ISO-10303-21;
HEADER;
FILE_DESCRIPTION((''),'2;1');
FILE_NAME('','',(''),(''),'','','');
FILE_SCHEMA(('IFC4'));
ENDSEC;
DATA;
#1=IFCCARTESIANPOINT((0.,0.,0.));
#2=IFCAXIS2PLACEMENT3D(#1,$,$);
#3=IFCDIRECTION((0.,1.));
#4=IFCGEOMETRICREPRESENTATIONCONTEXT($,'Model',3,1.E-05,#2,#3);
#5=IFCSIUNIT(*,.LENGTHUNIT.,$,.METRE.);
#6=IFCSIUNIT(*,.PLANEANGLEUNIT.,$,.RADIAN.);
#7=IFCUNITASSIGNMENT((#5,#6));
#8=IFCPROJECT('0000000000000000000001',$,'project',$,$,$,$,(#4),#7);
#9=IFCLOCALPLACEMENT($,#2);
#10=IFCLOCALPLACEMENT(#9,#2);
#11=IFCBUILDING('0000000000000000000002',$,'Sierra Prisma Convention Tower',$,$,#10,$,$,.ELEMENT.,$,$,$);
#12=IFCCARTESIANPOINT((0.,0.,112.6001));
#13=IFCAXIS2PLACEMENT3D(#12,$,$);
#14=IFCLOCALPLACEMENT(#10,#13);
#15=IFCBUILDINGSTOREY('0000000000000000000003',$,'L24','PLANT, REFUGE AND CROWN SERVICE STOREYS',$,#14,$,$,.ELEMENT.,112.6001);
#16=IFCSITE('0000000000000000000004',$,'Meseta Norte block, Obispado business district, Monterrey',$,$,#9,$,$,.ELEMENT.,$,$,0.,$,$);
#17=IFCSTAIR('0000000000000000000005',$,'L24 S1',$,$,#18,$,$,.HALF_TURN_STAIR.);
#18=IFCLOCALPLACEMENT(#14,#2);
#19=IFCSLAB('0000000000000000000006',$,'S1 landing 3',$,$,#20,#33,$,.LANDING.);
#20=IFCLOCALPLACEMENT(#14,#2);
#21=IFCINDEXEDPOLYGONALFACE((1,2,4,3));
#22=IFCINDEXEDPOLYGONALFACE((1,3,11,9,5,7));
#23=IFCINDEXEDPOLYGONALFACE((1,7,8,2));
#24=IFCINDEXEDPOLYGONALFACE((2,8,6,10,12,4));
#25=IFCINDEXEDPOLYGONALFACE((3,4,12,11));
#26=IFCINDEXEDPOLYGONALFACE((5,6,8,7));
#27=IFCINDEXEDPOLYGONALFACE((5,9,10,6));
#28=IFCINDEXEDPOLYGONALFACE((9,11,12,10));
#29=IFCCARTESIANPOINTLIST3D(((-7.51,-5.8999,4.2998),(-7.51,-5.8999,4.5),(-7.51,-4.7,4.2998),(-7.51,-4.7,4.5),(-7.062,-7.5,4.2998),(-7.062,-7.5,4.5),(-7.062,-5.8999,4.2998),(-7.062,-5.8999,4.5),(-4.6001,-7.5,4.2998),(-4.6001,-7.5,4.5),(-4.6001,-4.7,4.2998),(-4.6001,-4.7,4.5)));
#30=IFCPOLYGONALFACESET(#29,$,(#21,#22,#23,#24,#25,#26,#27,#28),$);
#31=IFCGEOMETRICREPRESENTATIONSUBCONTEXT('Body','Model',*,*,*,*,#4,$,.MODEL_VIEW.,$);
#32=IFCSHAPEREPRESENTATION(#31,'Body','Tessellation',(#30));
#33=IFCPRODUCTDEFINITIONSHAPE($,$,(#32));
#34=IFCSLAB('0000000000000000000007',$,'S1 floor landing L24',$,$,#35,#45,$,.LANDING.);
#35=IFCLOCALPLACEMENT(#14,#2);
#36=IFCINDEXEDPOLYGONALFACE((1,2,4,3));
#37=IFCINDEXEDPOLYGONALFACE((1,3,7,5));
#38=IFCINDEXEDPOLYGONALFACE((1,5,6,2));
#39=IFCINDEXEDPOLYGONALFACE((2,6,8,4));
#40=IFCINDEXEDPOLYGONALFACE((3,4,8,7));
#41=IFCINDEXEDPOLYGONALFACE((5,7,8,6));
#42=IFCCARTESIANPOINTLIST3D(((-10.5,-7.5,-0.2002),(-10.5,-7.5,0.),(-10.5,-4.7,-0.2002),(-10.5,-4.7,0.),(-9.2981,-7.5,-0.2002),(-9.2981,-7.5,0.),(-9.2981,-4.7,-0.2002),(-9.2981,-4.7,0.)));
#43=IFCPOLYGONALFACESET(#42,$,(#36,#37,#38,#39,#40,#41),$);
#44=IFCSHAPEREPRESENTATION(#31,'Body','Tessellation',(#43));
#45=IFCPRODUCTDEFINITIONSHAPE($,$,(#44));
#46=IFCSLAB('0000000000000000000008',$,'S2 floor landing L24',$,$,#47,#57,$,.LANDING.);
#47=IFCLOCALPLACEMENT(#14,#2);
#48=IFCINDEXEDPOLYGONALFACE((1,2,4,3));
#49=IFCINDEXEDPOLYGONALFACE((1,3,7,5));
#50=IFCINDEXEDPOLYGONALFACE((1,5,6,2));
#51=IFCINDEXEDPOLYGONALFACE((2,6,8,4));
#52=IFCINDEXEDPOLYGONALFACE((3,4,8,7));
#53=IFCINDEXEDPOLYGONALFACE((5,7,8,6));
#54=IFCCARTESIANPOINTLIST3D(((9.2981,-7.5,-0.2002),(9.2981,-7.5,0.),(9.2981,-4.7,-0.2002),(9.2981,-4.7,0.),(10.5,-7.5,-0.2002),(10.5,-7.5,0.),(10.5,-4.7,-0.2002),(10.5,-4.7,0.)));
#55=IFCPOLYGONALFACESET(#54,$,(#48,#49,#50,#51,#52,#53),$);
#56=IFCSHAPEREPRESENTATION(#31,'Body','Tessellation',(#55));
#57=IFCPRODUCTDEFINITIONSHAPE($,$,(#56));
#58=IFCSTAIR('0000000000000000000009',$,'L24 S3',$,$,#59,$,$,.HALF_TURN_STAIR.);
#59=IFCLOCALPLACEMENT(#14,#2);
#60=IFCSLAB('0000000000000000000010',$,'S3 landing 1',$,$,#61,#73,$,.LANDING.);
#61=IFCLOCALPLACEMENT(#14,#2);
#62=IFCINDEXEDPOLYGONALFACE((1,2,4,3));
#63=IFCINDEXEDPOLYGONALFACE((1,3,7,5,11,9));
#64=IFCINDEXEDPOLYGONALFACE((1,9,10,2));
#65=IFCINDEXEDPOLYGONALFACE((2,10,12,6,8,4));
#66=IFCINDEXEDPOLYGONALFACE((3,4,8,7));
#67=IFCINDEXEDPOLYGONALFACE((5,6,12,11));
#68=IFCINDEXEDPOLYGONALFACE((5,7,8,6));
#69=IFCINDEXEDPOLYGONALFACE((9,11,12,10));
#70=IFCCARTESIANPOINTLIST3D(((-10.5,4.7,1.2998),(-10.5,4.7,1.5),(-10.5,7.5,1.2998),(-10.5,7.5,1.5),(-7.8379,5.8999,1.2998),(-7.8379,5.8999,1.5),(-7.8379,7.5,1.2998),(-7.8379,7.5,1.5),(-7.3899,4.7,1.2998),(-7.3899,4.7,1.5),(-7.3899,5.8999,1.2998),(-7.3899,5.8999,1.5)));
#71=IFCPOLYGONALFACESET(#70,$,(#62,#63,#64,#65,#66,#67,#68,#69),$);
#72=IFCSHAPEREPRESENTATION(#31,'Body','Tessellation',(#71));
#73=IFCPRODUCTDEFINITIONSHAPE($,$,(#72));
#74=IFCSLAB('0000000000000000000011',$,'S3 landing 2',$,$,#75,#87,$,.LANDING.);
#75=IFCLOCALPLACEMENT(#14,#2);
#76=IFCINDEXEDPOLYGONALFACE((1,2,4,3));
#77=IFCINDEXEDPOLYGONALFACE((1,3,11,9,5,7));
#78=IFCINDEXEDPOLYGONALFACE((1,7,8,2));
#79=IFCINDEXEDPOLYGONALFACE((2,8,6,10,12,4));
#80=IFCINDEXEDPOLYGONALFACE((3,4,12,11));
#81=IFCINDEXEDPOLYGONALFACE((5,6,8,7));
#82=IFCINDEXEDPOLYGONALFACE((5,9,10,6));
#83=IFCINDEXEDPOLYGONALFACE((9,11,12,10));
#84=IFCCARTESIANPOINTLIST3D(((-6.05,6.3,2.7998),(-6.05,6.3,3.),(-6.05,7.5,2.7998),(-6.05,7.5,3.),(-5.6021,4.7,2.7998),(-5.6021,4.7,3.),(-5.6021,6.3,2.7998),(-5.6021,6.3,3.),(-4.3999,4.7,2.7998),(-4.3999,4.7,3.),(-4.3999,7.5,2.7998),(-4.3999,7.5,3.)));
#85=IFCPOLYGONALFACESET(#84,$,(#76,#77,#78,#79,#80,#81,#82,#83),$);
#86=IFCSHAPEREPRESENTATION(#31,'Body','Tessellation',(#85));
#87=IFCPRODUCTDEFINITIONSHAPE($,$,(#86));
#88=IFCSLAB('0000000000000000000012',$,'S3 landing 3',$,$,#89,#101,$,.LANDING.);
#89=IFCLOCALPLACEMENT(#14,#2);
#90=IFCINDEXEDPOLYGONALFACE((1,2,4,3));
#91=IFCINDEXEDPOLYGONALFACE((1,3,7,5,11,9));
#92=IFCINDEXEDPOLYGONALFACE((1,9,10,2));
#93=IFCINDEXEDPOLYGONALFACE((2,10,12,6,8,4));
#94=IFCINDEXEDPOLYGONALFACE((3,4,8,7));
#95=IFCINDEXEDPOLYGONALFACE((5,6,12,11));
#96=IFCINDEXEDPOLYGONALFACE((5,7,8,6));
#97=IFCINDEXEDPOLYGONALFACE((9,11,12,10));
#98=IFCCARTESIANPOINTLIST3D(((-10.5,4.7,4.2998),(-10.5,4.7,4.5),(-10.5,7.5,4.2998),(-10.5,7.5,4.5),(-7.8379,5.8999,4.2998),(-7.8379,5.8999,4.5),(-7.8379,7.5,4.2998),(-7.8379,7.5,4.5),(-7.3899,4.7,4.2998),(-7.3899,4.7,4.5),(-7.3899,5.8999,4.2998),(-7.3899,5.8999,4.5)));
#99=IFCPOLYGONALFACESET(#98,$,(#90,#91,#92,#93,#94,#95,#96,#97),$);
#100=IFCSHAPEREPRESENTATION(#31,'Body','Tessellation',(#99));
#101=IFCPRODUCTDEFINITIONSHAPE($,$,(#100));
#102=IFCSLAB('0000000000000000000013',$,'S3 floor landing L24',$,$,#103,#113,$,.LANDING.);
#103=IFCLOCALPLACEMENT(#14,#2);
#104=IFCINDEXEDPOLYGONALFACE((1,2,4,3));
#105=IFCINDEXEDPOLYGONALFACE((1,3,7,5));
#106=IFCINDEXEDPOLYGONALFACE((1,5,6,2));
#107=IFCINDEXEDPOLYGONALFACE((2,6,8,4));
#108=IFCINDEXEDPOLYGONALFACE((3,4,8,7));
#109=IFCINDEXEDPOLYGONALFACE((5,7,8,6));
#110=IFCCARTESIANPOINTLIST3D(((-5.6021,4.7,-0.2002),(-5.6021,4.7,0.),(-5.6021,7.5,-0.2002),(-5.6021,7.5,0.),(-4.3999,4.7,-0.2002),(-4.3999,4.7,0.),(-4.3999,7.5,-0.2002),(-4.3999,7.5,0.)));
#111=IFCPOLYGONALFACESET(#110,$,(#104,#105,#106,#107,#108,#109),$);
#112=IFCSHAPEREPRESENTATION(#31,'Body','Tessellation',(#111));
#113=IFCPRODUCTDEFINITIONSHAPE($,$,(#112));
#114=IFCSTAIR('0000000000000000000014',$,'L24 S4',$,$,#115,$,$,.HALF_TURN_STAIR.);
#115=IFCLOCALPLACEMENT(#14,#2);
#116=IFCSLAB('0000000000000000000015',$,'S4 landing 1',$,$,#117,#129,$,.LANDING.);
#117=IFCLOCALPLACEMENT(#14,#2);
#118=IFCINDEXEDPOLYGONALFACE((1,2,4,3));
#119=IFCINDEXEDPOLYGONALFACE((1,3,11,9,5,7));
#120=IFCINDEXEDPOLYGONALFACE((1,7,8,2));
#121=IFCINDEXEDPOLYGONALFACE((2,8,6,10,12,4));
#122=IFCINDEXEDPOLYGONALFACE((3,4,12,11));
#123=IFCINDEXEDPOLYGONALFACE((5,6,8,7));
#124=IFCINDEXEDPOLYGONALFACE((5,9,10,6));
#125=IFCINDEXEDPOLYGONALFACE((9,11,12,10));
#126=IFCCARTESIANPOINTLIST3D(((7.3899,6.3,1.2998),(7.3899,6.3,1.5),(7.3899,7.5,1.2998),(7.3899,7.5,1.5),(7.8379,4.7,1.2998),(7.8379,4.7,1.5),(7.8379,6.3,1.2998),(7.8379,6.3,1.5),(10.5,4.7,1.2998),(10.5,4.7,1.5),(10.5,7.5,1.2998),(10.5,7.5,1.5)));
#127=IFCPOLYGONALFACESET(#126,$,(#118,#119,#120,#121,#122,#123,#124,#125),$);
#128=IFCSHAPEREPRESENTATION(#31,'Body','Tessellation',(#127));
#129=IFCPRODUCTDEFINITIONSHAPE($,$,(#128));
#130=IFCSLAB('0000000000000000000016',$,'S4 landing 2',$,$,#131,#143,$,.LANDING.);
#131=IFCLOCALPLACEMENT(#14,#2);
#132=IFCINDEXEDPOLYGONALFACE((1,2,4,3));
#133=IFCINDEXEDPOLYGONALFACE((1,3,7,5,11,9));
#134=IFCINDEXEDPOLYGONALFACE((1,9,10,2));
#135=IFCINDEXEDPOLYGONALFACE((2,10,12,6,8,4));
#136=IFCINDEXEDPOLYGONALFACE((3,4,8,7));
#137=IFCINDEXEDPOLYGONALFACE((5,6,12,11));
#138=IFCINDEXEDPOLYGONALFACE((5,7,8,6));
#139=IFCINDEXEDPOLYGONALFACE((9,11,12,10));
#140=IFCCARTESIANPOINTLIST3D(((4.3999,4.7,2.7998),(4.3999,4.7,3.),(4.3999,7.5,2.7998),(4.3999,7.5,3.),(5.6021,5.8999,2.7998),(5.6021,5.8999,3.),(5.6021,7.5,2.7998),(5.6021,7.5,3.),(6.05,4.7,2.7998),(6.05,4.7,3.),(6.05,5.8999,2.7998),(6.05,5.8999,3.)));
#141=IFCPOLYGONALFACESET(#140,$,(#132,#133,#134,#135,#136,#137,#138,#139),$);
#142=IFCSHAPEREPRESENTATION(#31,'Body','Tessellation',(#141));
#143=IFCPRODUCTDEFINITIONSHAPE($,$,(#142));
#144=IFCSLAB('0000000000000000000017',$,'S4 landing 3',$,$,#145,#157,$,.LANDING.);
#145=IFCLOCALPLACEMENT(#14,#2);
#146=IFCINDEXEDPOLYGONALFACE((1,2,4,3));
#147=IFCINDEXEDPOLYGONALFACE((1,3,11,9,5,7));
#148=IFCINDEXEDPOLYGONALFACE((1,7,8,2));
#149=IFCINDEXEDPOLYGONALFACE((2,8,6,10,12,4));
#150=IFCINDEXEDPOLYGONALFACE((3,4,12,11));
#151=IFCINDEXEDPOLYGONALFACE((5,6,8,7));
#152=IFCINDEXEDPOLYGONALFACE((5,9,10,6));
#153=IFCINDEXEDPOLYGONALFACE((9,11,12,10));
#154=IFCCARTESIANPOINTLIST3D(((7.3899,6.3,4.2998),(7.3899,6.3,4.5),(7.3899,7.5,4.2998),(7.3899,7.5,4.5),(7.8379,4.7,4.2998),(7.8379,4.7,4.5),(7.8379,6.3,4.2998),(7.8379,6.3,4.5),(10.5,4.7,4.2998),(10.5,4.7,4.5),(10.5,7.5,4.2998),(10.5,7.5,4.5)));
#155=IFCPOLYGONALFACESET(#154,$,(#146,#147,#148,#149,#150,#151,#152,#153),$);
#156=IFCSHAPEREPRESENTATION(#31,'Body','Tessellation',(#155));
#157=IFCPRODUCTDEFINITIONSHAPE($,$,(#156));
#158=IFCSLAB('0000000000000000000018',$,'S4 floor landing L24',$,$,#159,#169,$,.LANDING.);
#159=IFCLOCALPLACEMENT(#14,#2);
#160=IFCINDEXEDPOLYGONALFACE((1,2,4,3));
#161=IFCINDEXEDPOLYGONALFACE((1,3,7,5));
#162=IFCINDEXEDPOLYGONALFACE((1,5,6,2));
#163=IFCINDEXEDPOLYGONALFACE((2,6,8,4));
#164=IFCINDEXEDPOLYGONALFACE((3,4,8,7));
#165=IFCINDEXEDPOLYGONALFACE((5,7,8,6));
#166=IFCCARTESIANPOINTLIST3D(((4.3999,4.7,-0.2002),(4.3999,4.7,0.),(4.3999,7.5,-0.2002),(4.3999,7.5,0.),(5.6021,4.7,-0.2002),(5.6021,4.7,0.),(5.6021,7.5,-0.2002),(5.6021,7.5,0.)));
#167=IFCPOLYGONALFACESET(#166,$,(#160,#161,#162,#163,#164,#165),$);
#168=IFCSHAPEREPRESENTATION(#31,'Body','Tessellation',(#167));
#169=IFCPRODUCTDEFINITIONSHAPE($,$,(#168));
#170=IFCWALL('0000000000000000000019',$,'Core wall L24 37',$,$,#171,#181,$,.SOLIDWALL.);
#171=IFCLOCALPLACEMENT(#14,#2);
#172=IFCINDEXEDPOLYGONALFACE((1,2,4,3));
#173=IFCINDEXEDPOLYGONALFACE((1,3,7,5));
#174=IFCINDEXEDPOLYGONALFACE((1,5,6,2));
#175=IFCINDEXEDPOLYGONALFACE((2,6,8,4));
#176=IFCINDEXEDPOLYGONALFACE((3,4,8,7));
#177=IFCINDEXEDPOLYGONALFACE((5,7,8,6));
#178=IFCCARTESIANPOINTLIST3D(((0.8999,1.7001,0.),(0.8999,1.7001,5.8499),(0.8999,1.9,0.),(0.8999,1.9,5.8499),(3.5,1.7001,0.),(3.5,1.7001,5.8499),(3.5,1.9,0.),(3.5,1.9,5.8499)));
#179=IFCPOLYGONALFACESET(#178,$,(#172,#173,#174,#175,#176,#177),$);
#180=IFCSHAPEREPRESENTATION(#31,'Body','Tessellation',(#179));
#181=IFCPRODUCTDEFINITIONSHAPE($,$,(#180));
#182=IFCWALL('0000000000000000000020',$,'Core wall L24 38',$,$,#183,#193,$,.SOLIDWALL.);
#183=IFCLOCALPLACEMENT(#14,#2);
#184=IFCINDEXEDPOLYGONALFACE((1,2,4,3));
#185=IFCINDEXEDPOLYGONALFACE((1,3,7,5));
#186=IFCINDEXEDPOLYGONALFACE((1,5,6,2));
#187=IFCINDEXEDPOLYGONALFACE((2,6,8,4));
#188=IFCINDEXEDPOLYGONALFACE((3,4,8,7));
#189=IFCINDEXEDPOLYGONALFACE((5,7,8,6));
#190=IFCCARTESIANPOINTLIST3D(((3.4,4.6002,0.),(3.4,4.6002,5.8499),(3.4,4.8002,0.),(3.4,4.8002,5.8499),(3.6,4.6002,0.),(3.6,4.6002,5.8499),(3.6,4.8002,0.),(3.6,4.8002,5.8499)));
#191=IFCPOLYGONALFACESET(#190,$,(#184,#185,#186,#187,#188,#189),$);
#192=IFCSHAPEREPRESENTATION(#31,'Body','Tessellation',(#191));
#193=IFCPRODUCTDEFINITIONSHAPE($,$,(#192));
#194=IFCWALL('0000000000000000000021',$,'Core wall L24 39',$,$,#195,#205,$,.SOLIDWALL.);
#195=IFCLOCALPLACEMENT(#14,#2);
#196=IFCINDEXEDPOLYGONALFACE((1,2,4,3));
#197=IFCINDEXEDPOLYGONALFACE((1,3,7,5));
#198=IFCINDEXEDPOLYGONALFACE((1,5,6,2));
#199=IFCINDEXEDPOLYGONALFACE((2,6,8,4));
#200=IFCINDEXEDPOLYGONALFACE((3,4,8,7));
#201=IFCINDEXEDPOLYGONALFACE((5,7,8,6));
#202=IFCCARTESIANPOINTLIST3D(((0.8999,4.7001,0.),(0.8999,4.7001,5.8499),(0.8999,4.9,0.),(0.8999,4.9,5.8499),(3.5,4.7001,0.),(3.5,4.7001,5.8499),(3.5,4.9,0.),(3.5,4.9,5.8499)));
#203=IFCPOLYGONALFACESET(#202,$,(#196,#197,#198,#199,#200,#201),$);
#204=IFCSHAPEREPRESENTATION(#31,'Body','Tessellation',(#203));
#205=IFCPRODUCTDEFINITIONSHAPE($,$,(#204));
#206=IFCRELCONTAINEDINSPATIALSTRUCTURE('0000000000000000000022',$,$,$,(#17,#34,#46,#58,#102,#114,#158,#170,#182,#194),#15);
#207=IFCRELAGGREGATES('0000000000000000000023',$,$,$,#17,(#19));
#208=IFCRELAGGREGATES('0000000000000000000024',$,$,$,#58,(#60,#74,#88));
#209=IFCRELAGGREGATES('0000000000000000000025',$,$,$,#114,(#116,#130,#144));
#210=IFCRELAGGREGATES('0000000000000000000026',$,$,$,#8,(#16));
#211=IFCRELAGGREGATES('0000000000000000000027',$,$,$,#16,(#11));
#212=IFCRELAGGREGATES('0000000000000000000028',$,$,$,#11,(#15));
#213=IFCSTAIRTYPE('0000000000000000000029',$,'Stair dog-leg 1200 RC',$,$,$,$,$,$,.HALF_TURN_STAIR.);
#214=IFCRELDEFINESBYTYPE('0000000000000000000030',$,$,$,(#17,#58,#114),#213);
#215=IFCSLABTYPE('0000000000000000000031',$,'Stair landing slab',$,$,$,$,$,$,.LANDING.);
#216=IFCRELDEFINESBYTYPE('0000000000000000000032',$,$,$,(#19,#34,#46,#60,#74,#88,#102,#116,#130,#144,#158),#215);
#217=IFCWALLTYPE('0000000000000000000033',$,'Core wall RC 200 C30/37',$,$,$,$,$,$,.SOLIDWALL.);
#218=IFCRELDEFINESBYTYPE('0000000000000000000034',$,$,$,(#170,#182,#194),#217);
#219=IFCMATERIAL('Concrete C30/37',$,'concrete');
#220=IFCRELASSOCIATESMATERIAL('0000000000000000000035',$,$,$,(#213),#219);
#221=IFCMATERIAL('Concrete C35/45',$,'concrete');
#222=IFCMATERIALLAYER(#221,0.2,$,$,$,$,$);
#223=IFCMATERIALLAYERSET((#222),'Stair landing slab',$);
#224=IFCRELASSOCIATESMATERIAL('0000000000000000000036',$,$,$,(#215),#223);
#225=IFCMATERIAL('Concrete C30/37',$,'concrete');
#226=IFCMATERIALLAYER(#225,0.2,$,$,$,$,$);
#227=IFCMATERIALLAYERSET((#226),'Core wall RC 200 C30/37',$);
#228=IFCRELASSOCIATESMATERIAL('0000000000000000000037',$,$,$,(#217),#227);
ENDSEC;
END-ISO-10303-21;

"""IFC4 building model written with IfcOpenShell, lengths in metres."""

from ifc_helpers import new_model, si_unit, direction, frame, frame_2d, origin, place, context, subcontext, project, spatial, polyline, rectangle, outline, extrude, material, layer, layer_set, type_object, element, aggregate, save


model = new_model("IFC4")

# Units and contexts
model_context = context("Model", 3, precision=1e-05, world=origin(), true_north=direction((0.0, 1.0)))
body_context = subcontext(model_context, "Body", "Model", "MODEL_VIEW")
ifc_project = project(units=[si_unit("LENGTHUNIT", "METRE"), si_unit("PLANEANGLEUNIT", "RADIAN")], contexts=[model_context])

# Site, building, storey
site_placement = place(None, origin())
site = spatial("IfcSite", under=ifc_project, at=site_placement, Name="Meseta Norte block, Obispado business district, Monterrey", CompositionType="ELEMENT", RefElevation=0.0)
building_placement = place(site_placement, origin())
building = spatial("IfcBuilding", under=site, at=building_placement, Name="Sierra Prisma Convention Tower", CompositionType="ELEMENT")
storey_placement = place(building_placement, frame((0.0, 0.0, 112.6001)))
storey = spatial("IfcBuildingStorey", under=building, at=storey_placement, Name="L24", Description="PLANT, REFUGE AND CROWN SERVICE STOREYS", CompositionType="ELEMENT", Elevation=112.6001)

# Stair, slab
ifc_material_1 = material(Name="Concrete C30/37", Category="concrete")
stair_type = type_object("IfcStairType", Name="Stair dog-leg 1200 RC", PredefinedType="HALF_TURN_STAIR", material=ifc_material_1)
stair_1_placement = place(storey_placement, origin())
stair_1 = element("IfcStair", 1, at=stair_1_placement, inside=storey, type_object=stair_type, Name="L24 S1", PredefinedType="HALF_TURN_STAIR")
ifc_material_2 = material(Name="Concrete C35/45", Category="concrete")
ifc_layer_1 = layer(ifc_material_2, 0.2)
ifc_layer_set_1 = layer_set([ifc_layer_1], Name="Stair landing slab")
slab_type = type_object("IfcSlabType", Name="Stair landing slab", PredefinedType="LANDING", material=ifc_layer_set_1)
slab_1_placement = place(storey_placement, frame((0.0, 0.0, 4.2998)))
slab_1 = element("IfcSlab", 2, at=slab_1_placement, type_object=slab_type, Name="S1 landing 3", PredefinedType="LANDING", context=body_context, shape_type="SweptSolid", body=[
    extrude(outline(polyline([(-4.6001, -4.7), (-4.6001, -7.5), (-7.062, -7.5), (-7.062, -5.8999), (-7.51, -5.8999), (-7.51, -4.7), (-4.6001, -4.7)])), origin(), (0.0, 0.0, 1.0), 0.2002),
])
aggregate(stair_1, [slab_1])

# Slabs
slab_2_placement = place(storey_placement, frame((0.0, 0.0, -0.2002)))
element("IfcSlab", 3, at=slab_2_placement, inside=storey, type_object=slab_type, Name="S1 floor landing L24", PredefinedType="LANDING", context=body_context, shape_type="SweptSolid", body=[
    extrude(outline(polyline([(-10.5, -7.5), (-9.2981, -7.5), (-9.2981, -4.7), (-10.5, -4.7), (-10.5, -7.5)])), origin(), (0.0, 0.0, 1.0), 0.2002),
])
slab_3_placement = place(storey_placement, frame((0.0, 0.0, -0.2002)))
element("IfcSlab", 4, at=slab_3_placement, inside=storey, type_object=slab_type, Name="S2 floor landing L24", PredefinedType="LANDING", context=body_context, shape_type="SweptSolid", body=[
    extrude(outline(polyline([(10.5, -4.7), (9.2981, -4.7), (9.2981, -7.5), (10.5, -7.5), (10.5, -4.7)])), origin(), (0.0, 0.0, 1.0), 0.2002),
])

# Stair, slabs
stair_2_placement = place(storey_placement, origin())
stair_2 = element("IfcStair", 5, at=stair_2_placement, inside=storey, type_object=stair_type, Name="L24 S3", PredefinedType="HALF_TURN_STAIR")
slab_4_placement = place(storey_placement, frame((0.0, 0.0, 1.2998)))
slab_4 = element("IfcSlab", 6, at=slab_4_placement, type_object=slab_type, Name="S3 landing 1", PredefinedType="LANDING", context=body_context, shape_type="SweptSolid", body=[
    extrude(outline(polyline([(-7.3899, 5.8999), (-7.3899, 4.7), (-10.5, 4.7), (-10.5, 7.5), (-7.8379, 7.5), (-7.8379, 5.8999), (-7.3899, 5.8999)])), origin(), (0.0, 0.0, 1.0), 0.2002),
])
slab_5_placement = place(storey_placement, frame((0.0, 0.0, 2.7998)))
slab_5 = element("IfcSlab", 7, at=slab_5_placement, type_object=slab_type, Name="S3 landing 2", PredefinedType="LANDING", context=body_context, shape_type="SweptSolid", body=[
    extrude(outline(polyline([(-4.3999, 7.5), (-4.3999, 4.7), (-5.6021, 4.7), (-5.6021, 6.3), (-6.05, 6.3), (-6.05, 7.5), (-4.3999, 7.5)])), origin(), (0.0, 0.0, 1.0), 0.2002),
])
slab_6_placement = place(storey_placement, frame((0.0, 0.0, 4.2998)))
slab_6 = element("IfcSlab", 8, at=slab_6_placement, type_object=slab_type, Name="S3 landing 3", PredefinedType="LANDING", context=body_context, shape_type="SweptSolid", body=[
    extrude(outline(polyline([(-7.3899, 5.8999), (-7.3899, 4.7), (-10.5, 4.7), (-10.5, 7.5), (-7.8379, 7.5), (-7.8379, 5.8999), (-7.3899, 5.8999)])), origin(), (0.0, 0.0, 1.0), 0.2002),
])
aggregate(stair_2, [slab_4, slab_5, slab_6])

# Slab
slab_7_placement = place(storey_placement, frame((0.0, 0.0, -0.2002)))
element("IfcSlab", 9, at=slab_7_placement, inside=storey, type_object=slab_type, Name="S3 floor landing L24", PredefinedType="LANDING", context=body_context, shape_type="SweptSolid", body=[
    extrude(outline(polyline([(-4.3999, 7.5), (-5.6021, 7.5), (-5.6021, 4.7), (-4.3999, 4.7), (-4.3999, 7.5)])), origin(), (0.0, 0.0, 1.0), 0.2002),
])

# Stair, slabs
stair_3_placement = place(storey_placement, origin())
stair_3 = element("IfcStair", 10, at=stair_3_placement, inside=storey, type_object=stair_type, Name="L24 S4", PredefinedType="HALF_TURN_STAIR")
slab_8_placement = place(storey_placement, frame((0.0, 0.0, 1.2998)))
slab_8 = element("IfcSlab", 11, at=slab_8_placement, type_object=slab_type, Name="S4 landing 1", PredefinedType="LANDING", context=body_context, shape_type="SweptSolid", body=[
    extrude(outline(polyline([(10.5, 7.5), (10.5, 4.7), (7.8379, 4.7), (7.8379, 6.3), (7.3899, 6.3), (7.3899, 7.5), (10.5, 7.5)])), origin(), (0.0, 0.0, 1.0), 0.2002),
])
slab_9_placement = place(storey_placement, frame((0.0, 0.0, 2.7998)))
slab_9 = element("IfcSlab", 12, at=slab_9_placement, type_object=slab_type, Name="S4 landing 2", PredefinedType="LANDING", context=body_context, shape_type="SweptSolid", body=[
    extrude(outline(polyline([(4.3999, 4.7), (4.3999, 7.5), (5.6021, 7.5), (5.6021, 5.8999), (6.05, 5.8999), (6.05, 4.7), (4.3999, 4.7)])), origin(), (0.0, 0.0, 1.0), 0.2002),
])
slab_10_placement = place(storey_placement, frame((0.0, 0.0, 4.2998)))
slab_10 = element("IfcSlab", 13, at=slab_10_placement, type_object=slab_type, Name="S4 landing 3", PredefinedType="LANDING", context=body_context, shape_type="SweptSolid", body=[
    extrude(outline(polyline([(10.5, 7.5), (10.5, 4.7), (7.8379, 4.7), (7.8379, 6.3), (7.3899, 6.3), (7.3899, 7.5), (10.5, 7.5)])), origin(), (0.0, 0.0, 1.0), 0.2002),
])

# Slab
slab_11_placement = place(storey_placement, frame((0.0, 0.0, -0.2002)))
element("IfcSlab", 14, at=slab_11_placement, inside=storey, type_object=slab_type, Name="S4 floor landing L24", PredefinedType="LANDING", context=body_context, shape_type="SweptSolid", body=[
    extrude(outline(polyline([(4.3999, 4.7), (5.6021, 4.7), (5.6021, 7.5), (4.3999, 7.5), (4.3999, 4.7)])), origin(), (0.0, 0.0, 1.0), 0.2002),
])

# Shared definitions
ifc_material_3 = material(Name="Concrete C30/37", Category="concrete")
ifc_layer_2 = layer(ifc_material_3, 0.2)
ifc_layer_set_2 = layer_set([ifc_layer_2], Name="Core wall RC 200 C30/37")
wall_type = type_object("IfcWallType", Name="Core wall RC 200 C30/37", PredefinedType="SOLIDWALL", material=ifc_layer_set_2)

# Walls
wall_1_placement = place(storey_placement, frame((3.5, 1.8, 0.0), z_axis=(0.0, 0.0, 1.0), x_axis=(-1.0, 0.0, 0.0)))
element("IfcWall", 15, at=wall_1_placement, inside=storey, type_object=wall_type, Name="Core wall L24 37", PredefinedType="SOLIDWALL", context=body_context, shape_type="SweptSolid", body=[
    extrude(rectangle(XDim=2.6001, YDim=0.2, at=frame_2d((1.3, 0.0))), origin(), (0.0, 0.0, 1.0), 5.8499),
])
wall_2_placement = place(storey_placement, frame((3.5, 4.6001, 0.0), z_axis=(0.0, 0.0, 1.0), x_axis=(0.0, 1.0, 0.0)))
element("IfcWall", 16, at=wall_2_placement, inside=storey, type_object=wall_type, Name="Core wall L24 38", PredefinedType="SOLIDWALL", context=body_context, shape_type="SweptSolid", body=[
    extrude(rectangle(XDim=0.2, YDim=0.2, at=frame_2d((0.1001, 0.0))), origin(), (0.0, 0.0, 1.0), 5.8499),
])
wall_3_placement = place(storey_placement, frame((3.5, 4.8, 0.0), z_axis=(0.0, 0.0, 1.0), x_axis=(-1.0, 0.0, 0.0)))
element("IfcWall", 17, at=wall_3_placement, inside=storey, type_object=wall_type, Name="Core wall L24 39", PredefinedType="SOLIDWALL", context=body_context, shape_type="SweptSolid", body=[
    extrude(rectangle(XDim=2.6001, YDim=0.2, at=frame_2d((1.3, 0.0))), origin(), (0.0, 0.0, 1.0), 5.8499),
])

aggregate(stair_3, [slab_8, slab_9, slab_10])

save(model, "model.ifc")
